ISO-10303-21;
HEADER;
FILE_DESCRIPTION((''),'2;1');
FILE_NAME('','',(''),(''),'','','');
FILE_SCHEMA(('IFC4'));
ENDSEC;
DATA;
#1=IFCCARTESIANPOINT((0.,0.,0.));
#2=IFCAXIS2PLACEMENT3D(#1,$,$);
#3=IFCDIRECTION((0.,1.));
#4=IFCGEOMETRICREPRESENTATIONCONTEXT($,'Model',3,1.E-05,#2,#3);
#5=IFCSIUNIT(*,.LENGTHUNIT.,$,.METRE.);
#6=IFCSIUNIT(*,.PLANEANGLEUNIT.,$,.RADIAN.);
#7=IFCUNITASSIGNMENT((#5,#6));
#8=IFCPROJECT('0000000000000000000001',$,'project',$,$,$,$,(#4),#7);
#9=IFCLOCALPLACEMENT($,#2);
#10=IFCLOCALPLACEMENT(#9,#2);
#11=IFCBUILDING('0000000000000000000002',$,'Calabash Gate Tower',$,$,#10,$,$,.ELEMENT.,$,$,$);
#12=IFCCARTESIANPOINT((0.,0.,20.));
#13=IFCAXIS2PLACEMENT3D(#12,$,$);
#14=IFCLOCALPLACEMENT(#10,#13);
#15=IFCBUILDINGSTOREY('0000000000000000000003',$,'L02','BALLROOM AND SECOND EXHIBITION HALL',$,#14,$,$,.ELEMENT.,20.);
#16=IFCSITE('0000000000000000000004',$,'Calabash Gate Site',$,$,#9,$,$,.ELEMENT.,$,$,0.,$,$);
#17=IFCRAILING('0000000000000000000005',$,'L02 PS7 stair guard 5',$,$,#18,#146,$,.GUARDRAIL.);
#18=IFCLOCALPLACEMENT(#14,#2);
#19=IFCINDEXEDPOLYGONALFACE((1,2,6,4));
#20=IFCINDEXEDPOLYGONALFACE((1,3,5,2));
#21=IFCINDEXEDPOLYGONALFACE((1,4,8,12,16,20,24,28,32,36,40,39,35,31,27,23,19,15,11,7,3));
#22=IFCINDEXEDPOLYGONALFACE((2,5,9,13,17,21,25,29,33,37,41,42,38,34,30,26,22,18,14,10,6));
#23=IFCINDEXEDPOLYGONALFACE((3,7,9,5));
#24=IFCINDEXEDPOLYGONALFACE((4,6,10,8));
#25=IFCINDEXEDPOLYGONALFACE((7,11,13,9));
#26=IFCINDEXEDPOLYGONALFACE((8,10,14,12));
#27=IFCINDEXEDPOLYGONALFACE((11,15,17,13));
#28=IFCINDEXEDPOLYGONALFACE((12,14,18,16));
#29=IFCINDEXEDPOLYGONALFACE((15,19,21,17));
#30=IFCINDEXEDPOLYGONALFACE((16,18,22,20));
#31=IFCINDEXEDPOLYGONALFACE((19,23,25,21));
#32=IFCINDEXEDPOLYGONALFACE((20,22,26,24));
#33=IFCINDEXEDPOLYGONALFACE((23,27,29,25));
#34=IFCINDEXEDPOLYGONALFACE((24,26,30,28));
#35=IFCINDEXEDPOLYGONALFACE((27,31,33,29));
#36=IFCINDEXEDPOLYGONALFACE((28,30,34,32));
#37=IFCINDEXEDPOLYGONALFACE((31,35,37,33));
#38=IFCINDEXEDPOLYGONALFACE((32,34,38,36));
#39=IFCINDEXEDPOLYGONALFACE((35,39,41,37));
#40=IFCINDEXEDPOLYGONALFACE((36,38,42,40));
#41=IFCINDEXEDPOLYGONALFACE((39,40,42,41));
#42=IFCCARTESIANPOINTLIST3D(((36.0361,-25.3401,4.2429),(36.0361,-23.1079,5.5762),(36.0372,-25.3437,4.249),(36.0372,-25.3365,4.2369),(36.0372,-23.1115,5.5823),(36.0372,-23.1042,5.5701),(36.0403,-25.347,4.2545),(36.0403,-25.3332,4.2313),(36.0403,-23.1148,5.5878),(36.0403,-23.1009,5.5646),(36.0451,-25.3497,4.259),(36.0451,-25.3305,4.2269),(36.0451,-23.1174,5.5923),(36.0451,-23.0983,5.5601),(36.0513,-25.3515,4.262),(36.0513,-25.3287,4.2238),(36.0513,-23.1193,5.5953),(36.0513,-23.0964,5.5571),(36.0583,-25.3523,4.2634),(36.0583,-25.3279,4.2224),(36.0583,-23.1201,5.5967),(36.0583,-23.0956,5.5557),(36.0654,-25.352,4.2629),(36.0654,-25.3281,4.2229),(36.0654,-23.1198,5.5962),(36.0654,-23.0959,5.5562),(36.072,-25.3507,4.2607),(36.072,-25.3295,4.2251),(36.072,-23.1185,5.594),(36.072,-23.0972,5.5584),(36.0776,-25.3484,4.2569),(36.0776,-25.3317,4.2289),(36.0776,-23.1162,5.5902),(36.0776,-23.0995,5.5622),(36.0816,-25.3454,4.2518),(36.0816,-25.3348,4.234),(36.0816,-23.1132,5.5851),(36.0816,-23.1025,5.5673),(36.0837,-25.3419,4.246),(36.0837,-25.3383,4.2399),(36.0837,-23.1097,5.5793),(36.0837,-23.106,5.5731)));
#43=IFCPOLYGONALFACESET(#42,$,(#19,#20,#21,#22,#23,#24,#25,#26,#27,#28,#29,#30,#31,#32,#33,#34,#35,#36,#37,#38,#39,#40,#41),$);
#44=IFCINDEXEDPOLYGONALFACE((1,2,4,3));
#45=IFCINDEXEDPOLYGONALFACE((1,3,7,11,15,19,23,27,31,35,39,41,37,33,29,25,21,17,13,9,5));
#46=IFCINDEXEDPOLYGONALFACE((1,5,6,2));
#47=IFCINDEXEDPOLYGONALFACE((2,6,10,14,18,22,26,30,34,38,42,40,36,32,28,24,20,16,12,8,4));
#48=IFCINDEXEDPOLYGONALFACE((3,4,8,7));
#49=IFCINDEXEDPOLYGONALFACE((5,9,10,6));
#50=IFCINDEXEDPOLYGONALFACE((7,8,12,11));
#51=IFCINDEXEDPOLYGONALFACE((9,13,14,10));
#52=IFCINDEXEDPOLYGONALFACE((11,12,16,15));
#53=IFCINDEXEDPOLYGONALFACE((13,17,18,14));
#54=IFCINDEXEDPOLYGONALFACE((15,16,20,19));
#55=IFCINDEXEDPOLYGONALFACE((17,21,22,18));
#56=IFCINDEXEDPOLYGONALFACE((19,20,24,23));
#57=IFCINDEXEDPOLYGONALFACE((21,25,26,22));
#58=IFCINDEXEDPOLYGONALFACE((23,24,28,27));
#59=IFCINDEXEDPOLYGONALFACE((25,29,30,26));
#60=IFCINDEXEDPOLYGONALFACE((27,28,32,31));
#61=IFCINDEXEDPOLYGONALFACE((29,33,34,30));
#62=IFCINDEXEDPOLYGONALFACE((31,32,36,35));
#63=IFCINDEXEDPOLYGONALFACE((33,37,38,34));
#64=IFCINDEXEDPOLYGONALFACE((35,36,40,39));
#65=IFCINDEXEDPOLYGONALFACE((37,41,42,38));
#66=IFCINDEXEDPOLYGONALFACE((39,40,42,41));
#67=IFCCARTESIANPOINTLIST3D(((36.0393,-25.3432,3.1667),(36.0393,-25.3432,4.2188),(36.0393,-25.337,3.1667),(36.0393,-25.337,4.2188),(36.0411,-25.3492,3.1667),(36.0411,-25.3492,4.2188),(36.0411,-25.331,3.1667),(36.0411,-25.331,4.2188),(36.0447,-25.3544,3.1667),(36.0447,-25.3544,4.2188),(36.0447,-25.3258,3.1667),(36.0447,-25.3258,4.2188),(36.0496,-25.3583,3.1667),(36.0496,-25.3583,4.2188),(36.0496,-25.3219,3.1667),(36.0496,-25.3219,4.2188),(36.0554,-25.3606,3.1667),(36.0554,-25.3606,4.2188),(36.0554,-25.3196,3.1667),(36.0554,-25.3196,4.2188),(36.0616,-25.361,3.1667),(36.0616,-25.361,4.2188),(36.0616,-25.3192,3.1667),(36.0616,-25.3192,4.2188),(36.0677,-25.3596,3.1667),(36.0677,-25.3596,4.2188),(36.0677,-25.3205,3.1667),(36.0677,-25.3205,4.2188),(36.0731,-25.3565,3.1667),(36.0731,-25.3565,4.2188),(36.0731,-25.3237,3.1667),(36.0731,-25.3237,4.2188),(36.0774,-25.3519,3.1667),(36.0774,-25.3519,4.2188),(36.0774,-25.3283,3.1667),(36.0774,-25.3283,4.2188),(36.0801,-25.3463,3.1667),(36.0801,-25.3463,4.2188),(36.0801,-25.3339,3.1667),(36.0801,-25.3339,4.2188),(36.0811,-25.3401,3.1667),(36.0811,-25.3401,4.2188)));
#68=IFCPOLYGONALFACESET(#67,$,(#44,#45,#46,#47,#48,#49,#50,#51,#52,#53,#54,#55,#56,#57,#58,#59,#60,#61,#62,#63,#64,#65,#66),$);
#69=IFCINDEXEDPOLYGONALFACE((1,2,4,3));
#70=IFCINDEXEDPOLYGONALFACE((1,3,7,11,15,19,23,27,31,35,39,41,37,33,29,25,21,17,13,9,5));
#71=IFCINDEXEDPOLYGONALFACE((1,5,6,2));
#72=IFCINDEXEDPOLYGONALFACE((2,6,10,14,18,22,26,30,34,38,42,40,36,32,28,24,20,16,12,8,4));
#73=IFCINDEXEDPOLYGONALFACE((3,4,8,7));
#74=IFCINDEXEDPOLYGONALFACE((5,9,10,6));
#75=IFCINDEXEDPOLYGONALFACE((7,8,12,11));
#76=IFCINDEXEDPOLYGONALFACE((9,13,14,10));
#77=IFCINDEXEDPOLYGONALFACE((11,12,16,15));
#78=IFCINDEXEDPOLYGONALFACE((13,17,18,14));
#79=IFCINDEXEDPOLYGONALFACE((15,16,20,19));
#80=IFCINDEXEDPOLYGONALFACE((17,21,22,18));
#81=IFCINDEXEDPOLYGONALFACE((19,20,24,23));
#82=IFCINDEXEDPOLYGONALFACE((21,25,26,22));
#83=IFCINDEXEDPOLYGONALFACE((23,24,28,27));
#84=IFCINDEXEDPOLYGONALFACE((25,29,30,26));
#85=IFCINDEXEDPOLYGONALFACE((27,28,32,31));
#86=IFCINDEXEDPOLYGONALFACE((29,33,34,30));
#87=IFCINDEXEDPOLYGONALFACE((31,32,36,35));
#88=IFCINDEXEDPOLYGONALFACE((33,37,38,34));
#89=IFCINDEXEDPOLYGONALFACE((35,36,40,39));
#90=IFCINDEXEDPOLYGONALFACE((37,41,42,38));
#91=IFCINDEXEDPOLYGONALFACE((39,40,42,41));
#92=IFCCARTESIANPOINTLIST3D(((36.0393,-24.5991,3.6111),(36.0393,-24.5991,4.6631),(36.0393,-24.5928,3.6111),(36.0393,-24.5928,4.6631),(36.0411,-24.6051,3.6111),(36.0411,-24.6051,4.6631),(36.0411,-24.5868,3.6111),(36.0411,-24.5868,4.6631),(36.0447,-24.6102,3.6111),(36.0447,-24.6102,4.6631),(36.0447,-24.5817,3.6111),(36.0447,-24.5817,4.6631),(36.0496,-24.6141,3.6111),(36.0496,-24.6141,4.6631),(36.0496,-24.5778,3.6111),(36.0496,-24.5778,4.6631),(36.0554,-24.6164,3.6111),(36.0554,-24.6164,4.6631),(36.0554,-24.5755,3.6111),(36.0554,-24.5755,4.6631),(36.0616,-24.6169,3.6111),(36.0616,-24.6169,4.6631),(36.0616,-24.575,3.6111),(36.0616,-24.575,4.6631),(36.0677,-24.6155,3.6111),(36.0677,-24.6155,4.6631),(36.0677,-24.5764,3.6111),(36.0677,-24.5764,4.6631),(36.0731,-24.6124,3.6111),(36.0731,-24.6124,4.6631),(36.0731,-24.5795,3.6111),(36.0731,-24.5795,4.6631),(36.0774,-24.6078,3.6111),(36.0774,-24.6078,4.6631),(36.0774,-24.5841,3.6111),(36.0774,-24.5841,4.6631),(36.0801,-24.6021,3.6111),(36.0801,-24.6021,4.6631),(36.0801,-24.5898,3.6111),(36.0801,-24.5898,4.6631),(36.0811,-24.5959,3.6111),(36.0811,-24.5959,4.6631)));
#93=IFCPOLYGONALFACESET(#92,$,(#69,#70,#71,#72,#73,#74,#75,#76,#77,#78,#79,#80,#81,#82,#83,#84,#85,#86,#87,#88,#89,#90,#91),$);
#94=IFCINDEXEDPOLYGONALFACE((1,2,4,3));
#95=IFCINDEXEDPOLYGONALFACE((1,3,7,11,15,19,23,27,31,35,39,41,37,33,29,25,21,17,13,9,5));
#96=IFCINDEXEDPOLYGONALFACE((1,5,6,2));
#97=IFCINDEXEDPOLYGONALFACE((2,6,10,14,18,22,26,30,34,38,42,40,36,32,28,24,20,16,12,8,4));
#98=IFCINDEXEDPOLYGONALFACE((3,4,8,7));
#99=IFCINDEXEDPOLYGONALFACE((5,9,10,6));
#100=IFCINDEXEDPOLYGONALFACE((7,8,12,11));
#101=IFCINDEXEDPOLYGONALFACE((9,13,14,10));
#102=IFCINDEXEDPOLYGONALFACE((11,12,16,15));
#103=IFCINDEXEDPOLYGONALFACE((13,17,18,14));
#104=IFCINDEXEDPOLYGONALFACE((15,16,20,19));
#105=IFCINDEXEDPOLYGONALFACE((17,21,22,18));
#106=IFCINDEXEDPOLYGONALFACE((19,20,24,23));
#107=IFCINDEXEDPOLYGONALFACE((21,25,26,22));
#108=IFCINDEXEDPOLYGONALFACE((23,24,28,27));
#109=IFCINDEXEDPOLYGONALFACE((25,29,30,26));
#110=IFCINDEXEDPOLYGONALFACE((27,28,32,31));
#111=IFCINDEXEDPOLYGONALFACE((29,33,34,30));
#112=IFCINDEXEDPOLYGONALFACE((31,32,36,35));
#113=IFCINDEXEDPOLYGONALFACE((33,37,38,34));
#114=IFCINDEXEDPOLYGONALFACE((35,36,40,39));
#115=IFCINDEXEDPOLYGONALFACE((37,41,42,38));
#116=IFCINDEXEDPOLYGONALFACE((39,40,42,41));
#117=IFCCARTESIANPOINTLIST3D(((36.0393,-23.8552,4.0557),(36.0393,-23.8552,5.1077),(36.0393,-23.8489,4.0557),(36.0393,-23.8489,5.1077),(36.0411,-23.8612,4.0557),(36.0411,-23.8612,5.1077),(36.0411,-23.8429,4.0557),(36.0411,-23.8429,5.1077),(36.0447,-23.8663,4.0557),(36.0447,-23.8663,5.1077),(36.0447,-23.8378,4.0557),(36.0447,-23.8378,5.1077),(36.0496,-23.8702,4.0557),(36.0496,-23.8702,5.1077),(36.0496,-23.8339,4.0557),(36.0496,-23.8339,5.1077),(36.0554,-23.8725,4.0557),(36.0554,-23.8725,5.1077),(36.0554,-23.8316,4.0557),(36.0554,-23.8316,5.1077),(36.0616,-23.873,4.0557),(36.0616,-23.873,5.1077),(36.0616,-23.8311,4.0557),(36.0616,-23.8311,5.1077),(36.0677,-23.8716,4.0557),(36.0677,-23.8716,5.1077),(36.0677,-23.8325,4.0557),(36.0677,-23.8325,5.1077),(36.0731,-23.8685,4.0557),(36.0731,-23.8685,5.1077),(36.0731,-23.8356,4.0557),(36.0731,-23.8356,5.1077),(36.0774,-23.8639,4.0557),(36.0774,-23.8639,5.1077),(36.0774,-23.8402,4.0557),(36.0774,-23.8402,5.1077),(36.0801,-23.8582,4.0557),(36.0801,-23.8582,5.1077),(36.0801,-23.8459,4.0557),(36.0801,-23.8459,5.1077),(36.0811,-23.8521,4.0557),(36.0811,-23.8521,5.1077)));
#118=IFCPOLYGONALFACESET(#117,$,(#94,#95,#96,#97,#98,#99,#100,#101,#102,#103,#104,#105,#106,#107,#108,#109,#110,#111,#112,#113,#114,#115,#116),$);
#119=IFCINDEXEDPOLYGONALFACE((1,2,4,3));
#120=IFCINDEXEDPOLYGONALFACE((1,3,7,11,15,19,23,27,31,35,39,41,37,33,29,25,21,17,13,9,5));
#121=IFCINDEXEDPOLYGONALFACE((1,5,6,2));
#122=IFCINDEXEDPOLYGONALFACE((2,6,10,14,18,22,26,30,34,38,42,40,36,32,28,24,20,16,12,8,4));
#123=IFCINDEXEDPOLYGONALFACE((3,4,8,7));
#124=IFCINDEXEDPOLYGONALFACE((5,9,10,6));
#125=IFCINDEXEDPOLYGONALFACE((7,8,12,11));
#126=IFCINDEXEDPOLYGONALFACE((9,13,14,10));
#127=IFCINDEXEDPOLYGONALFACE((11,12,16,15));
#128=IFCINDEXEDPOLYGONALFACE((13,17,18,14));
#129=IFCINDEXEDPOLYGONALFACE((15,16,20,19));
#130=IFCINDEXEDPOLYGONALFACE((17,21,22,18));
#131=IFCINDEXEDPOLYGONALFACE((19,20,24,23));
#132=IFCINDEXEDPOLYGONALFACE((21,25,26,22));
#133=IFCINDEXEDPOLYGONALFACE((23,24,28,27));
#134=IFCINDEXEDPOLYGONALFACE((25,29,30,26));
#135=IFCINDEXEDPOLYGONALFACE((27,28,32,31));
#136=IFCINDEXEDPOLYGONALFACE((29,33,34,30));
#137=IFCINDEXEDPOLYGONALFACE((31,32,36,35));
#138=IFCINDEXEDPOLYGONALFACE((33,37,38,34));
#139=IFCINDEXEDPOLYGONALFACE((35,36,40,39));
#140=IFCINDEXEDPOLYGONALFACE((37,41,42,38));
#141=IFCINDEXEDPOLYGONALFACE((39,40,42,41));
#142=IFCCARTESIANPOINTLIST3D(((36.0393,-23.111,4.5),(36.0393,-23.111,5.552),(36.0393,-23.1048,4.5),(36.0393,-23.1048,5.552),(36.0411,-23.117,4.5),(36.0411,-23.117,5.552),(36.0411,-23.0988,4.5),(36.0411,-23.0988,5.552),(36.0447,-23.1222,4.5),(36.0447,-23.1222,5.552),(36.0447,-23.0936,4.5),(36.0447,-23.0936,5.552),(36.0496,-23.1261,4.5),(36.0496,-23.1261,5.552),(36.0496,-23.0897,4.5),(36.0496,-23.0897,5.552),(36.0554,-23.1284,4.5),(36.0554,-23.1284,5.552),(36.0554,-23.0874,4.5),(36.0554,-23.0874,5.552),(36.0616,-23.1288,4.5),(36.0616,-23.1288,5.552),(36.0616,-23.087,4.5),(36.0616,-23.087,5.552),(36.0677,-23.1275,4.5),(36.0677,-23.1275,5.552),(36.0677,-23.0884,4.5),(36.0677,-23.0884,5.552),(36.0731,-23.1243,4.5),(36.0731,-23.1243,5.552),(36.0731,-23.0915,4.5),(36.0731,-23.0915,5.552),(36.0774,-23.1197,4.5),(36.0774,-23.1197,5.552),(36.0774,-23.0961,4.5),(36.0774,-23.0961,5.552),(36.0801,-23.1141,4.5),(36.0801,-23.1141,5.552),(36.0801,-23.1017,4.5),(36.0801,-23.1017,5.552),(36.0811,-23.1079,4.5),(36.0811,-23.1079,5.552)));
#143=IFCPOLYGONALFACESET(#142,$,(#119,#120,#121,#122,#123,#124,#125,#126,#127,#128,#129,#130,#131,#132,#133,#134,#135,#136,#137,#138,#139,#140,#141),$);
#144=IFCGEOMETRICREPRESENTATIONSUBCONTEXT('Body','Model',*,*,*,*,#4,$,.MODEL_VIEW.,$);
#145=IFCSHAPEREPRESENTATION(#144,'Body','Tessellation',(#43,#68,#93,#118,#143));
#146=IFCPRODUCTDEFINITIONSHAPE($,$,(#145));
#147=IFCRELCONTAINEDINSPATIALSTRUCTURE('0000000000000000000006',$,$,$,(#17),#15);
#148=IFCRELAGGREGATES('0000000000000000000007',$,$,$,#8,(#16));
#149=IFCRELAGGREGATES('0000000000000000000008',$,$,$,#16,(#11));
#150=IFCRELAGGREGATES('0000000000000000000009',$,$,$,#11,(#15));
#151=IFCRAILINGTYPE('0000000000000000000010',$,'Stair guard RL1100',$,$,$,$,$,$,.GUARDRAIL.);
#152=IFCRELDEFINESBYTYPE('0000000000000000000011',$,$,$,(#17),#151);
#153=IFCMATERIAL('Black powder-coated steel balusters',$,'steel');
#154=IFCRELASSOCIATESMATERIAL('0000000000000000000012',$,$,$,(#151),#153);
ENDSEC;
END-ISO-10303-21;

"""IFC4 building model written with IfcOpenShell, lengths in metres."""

from ifc_helpers import new_model, si_unit, direction, frame, origin, origin_2d, place, context, subcontext, project, spatial, circle, extrude, material, type_object, element, save


model = new_model("IFC4")

# Units and contexts
model_context = context("Model", 3, precision=1e-05, world=origin(), true_north=direction((0.0, 1.0)))
body_context = subcontext(model_context, "Body", "Model", "MODEL_VIEW")
ifc_project = project(units=[si_unit("LENGTHUNIT", "METRE"), si_unit("PLANEANGLEUNIT", "RADIAN")], contexts=[model_context])

# Site, building, storey
site_placement = place(None, origin())
site = spatial("IfcSite", under=ifc_project, at=site_placement, Name="Calabash Gate Site", CompositionType="ELEMENT", RefElevation=0.0)
building_placement = place(site_placement, origin())
building = spatial("IfcBuilding", under=site, at=building_placement, Name="Calabash Gate Tower", CompositionType="ELEMENT")
storey_placement = place(building_placement, frame((0.0, 0.0, 20.0)))
storey = spatial("IfcBuildingStorey", under=building, at=storey_placement, Name="L02", Description="BALLROOM AND SECOND EXHIBITION HALL", CompositionType="ELEMENT", Elevation=20.0)

# Railing
ifc_material_1 = material(Name="Black powder-coated steel balusters", Category="steel")
railing_type_1 = type_object("IfcRailingType", Name="Stair guard RL1100", PredefinedType="GUARDRAIL", material=ifc_material_1)
railing_1_placement = place(storey_placement, frame((36.0601, -25.3401, 3.1667)))
element("IfcRailing", 1, at=railing_1_placement, inside=storey, type_object=railing_type_1, Name="L02 PS7 stair guard 5", PredefinedType="GUARDRAIL", context=body_context, shape_type="SweptSolid", body=[
    extrude(circle(Radius=0.0239, at=origin_2d()), frame((0.0, 0.0, 1.0762), z_axis=(0.0, 0.858519, 0.512782), x_axis=(-1.0, 0.0, 0.0)), (0.0, 0.0, 1.0), 2.6001),
    extrude(circle(Radius=0.021, at=origin_2d()), origin(), (0.0, 0.0, 1.0), 1.052),
    extrude(circle(Radius=0.021, at=origin_2d()), frame((0.0, 0.7441, 0.4443)), (0.0, 0.0, 1.0), 1.052),
    extrude(circle(Radius=0.021, at=origin_2d()), frame((0.0, 1.488, 0.8889)), (0.0, 0.0, 1.0), 1.052),
    extrude(circle(Radius=0.021, at=origin_2d()), frame((0.0, 2.2322, 1.3333)), (0.0, 0.0, 1.0), 1.052),
])

save(model, "model.ifc")
